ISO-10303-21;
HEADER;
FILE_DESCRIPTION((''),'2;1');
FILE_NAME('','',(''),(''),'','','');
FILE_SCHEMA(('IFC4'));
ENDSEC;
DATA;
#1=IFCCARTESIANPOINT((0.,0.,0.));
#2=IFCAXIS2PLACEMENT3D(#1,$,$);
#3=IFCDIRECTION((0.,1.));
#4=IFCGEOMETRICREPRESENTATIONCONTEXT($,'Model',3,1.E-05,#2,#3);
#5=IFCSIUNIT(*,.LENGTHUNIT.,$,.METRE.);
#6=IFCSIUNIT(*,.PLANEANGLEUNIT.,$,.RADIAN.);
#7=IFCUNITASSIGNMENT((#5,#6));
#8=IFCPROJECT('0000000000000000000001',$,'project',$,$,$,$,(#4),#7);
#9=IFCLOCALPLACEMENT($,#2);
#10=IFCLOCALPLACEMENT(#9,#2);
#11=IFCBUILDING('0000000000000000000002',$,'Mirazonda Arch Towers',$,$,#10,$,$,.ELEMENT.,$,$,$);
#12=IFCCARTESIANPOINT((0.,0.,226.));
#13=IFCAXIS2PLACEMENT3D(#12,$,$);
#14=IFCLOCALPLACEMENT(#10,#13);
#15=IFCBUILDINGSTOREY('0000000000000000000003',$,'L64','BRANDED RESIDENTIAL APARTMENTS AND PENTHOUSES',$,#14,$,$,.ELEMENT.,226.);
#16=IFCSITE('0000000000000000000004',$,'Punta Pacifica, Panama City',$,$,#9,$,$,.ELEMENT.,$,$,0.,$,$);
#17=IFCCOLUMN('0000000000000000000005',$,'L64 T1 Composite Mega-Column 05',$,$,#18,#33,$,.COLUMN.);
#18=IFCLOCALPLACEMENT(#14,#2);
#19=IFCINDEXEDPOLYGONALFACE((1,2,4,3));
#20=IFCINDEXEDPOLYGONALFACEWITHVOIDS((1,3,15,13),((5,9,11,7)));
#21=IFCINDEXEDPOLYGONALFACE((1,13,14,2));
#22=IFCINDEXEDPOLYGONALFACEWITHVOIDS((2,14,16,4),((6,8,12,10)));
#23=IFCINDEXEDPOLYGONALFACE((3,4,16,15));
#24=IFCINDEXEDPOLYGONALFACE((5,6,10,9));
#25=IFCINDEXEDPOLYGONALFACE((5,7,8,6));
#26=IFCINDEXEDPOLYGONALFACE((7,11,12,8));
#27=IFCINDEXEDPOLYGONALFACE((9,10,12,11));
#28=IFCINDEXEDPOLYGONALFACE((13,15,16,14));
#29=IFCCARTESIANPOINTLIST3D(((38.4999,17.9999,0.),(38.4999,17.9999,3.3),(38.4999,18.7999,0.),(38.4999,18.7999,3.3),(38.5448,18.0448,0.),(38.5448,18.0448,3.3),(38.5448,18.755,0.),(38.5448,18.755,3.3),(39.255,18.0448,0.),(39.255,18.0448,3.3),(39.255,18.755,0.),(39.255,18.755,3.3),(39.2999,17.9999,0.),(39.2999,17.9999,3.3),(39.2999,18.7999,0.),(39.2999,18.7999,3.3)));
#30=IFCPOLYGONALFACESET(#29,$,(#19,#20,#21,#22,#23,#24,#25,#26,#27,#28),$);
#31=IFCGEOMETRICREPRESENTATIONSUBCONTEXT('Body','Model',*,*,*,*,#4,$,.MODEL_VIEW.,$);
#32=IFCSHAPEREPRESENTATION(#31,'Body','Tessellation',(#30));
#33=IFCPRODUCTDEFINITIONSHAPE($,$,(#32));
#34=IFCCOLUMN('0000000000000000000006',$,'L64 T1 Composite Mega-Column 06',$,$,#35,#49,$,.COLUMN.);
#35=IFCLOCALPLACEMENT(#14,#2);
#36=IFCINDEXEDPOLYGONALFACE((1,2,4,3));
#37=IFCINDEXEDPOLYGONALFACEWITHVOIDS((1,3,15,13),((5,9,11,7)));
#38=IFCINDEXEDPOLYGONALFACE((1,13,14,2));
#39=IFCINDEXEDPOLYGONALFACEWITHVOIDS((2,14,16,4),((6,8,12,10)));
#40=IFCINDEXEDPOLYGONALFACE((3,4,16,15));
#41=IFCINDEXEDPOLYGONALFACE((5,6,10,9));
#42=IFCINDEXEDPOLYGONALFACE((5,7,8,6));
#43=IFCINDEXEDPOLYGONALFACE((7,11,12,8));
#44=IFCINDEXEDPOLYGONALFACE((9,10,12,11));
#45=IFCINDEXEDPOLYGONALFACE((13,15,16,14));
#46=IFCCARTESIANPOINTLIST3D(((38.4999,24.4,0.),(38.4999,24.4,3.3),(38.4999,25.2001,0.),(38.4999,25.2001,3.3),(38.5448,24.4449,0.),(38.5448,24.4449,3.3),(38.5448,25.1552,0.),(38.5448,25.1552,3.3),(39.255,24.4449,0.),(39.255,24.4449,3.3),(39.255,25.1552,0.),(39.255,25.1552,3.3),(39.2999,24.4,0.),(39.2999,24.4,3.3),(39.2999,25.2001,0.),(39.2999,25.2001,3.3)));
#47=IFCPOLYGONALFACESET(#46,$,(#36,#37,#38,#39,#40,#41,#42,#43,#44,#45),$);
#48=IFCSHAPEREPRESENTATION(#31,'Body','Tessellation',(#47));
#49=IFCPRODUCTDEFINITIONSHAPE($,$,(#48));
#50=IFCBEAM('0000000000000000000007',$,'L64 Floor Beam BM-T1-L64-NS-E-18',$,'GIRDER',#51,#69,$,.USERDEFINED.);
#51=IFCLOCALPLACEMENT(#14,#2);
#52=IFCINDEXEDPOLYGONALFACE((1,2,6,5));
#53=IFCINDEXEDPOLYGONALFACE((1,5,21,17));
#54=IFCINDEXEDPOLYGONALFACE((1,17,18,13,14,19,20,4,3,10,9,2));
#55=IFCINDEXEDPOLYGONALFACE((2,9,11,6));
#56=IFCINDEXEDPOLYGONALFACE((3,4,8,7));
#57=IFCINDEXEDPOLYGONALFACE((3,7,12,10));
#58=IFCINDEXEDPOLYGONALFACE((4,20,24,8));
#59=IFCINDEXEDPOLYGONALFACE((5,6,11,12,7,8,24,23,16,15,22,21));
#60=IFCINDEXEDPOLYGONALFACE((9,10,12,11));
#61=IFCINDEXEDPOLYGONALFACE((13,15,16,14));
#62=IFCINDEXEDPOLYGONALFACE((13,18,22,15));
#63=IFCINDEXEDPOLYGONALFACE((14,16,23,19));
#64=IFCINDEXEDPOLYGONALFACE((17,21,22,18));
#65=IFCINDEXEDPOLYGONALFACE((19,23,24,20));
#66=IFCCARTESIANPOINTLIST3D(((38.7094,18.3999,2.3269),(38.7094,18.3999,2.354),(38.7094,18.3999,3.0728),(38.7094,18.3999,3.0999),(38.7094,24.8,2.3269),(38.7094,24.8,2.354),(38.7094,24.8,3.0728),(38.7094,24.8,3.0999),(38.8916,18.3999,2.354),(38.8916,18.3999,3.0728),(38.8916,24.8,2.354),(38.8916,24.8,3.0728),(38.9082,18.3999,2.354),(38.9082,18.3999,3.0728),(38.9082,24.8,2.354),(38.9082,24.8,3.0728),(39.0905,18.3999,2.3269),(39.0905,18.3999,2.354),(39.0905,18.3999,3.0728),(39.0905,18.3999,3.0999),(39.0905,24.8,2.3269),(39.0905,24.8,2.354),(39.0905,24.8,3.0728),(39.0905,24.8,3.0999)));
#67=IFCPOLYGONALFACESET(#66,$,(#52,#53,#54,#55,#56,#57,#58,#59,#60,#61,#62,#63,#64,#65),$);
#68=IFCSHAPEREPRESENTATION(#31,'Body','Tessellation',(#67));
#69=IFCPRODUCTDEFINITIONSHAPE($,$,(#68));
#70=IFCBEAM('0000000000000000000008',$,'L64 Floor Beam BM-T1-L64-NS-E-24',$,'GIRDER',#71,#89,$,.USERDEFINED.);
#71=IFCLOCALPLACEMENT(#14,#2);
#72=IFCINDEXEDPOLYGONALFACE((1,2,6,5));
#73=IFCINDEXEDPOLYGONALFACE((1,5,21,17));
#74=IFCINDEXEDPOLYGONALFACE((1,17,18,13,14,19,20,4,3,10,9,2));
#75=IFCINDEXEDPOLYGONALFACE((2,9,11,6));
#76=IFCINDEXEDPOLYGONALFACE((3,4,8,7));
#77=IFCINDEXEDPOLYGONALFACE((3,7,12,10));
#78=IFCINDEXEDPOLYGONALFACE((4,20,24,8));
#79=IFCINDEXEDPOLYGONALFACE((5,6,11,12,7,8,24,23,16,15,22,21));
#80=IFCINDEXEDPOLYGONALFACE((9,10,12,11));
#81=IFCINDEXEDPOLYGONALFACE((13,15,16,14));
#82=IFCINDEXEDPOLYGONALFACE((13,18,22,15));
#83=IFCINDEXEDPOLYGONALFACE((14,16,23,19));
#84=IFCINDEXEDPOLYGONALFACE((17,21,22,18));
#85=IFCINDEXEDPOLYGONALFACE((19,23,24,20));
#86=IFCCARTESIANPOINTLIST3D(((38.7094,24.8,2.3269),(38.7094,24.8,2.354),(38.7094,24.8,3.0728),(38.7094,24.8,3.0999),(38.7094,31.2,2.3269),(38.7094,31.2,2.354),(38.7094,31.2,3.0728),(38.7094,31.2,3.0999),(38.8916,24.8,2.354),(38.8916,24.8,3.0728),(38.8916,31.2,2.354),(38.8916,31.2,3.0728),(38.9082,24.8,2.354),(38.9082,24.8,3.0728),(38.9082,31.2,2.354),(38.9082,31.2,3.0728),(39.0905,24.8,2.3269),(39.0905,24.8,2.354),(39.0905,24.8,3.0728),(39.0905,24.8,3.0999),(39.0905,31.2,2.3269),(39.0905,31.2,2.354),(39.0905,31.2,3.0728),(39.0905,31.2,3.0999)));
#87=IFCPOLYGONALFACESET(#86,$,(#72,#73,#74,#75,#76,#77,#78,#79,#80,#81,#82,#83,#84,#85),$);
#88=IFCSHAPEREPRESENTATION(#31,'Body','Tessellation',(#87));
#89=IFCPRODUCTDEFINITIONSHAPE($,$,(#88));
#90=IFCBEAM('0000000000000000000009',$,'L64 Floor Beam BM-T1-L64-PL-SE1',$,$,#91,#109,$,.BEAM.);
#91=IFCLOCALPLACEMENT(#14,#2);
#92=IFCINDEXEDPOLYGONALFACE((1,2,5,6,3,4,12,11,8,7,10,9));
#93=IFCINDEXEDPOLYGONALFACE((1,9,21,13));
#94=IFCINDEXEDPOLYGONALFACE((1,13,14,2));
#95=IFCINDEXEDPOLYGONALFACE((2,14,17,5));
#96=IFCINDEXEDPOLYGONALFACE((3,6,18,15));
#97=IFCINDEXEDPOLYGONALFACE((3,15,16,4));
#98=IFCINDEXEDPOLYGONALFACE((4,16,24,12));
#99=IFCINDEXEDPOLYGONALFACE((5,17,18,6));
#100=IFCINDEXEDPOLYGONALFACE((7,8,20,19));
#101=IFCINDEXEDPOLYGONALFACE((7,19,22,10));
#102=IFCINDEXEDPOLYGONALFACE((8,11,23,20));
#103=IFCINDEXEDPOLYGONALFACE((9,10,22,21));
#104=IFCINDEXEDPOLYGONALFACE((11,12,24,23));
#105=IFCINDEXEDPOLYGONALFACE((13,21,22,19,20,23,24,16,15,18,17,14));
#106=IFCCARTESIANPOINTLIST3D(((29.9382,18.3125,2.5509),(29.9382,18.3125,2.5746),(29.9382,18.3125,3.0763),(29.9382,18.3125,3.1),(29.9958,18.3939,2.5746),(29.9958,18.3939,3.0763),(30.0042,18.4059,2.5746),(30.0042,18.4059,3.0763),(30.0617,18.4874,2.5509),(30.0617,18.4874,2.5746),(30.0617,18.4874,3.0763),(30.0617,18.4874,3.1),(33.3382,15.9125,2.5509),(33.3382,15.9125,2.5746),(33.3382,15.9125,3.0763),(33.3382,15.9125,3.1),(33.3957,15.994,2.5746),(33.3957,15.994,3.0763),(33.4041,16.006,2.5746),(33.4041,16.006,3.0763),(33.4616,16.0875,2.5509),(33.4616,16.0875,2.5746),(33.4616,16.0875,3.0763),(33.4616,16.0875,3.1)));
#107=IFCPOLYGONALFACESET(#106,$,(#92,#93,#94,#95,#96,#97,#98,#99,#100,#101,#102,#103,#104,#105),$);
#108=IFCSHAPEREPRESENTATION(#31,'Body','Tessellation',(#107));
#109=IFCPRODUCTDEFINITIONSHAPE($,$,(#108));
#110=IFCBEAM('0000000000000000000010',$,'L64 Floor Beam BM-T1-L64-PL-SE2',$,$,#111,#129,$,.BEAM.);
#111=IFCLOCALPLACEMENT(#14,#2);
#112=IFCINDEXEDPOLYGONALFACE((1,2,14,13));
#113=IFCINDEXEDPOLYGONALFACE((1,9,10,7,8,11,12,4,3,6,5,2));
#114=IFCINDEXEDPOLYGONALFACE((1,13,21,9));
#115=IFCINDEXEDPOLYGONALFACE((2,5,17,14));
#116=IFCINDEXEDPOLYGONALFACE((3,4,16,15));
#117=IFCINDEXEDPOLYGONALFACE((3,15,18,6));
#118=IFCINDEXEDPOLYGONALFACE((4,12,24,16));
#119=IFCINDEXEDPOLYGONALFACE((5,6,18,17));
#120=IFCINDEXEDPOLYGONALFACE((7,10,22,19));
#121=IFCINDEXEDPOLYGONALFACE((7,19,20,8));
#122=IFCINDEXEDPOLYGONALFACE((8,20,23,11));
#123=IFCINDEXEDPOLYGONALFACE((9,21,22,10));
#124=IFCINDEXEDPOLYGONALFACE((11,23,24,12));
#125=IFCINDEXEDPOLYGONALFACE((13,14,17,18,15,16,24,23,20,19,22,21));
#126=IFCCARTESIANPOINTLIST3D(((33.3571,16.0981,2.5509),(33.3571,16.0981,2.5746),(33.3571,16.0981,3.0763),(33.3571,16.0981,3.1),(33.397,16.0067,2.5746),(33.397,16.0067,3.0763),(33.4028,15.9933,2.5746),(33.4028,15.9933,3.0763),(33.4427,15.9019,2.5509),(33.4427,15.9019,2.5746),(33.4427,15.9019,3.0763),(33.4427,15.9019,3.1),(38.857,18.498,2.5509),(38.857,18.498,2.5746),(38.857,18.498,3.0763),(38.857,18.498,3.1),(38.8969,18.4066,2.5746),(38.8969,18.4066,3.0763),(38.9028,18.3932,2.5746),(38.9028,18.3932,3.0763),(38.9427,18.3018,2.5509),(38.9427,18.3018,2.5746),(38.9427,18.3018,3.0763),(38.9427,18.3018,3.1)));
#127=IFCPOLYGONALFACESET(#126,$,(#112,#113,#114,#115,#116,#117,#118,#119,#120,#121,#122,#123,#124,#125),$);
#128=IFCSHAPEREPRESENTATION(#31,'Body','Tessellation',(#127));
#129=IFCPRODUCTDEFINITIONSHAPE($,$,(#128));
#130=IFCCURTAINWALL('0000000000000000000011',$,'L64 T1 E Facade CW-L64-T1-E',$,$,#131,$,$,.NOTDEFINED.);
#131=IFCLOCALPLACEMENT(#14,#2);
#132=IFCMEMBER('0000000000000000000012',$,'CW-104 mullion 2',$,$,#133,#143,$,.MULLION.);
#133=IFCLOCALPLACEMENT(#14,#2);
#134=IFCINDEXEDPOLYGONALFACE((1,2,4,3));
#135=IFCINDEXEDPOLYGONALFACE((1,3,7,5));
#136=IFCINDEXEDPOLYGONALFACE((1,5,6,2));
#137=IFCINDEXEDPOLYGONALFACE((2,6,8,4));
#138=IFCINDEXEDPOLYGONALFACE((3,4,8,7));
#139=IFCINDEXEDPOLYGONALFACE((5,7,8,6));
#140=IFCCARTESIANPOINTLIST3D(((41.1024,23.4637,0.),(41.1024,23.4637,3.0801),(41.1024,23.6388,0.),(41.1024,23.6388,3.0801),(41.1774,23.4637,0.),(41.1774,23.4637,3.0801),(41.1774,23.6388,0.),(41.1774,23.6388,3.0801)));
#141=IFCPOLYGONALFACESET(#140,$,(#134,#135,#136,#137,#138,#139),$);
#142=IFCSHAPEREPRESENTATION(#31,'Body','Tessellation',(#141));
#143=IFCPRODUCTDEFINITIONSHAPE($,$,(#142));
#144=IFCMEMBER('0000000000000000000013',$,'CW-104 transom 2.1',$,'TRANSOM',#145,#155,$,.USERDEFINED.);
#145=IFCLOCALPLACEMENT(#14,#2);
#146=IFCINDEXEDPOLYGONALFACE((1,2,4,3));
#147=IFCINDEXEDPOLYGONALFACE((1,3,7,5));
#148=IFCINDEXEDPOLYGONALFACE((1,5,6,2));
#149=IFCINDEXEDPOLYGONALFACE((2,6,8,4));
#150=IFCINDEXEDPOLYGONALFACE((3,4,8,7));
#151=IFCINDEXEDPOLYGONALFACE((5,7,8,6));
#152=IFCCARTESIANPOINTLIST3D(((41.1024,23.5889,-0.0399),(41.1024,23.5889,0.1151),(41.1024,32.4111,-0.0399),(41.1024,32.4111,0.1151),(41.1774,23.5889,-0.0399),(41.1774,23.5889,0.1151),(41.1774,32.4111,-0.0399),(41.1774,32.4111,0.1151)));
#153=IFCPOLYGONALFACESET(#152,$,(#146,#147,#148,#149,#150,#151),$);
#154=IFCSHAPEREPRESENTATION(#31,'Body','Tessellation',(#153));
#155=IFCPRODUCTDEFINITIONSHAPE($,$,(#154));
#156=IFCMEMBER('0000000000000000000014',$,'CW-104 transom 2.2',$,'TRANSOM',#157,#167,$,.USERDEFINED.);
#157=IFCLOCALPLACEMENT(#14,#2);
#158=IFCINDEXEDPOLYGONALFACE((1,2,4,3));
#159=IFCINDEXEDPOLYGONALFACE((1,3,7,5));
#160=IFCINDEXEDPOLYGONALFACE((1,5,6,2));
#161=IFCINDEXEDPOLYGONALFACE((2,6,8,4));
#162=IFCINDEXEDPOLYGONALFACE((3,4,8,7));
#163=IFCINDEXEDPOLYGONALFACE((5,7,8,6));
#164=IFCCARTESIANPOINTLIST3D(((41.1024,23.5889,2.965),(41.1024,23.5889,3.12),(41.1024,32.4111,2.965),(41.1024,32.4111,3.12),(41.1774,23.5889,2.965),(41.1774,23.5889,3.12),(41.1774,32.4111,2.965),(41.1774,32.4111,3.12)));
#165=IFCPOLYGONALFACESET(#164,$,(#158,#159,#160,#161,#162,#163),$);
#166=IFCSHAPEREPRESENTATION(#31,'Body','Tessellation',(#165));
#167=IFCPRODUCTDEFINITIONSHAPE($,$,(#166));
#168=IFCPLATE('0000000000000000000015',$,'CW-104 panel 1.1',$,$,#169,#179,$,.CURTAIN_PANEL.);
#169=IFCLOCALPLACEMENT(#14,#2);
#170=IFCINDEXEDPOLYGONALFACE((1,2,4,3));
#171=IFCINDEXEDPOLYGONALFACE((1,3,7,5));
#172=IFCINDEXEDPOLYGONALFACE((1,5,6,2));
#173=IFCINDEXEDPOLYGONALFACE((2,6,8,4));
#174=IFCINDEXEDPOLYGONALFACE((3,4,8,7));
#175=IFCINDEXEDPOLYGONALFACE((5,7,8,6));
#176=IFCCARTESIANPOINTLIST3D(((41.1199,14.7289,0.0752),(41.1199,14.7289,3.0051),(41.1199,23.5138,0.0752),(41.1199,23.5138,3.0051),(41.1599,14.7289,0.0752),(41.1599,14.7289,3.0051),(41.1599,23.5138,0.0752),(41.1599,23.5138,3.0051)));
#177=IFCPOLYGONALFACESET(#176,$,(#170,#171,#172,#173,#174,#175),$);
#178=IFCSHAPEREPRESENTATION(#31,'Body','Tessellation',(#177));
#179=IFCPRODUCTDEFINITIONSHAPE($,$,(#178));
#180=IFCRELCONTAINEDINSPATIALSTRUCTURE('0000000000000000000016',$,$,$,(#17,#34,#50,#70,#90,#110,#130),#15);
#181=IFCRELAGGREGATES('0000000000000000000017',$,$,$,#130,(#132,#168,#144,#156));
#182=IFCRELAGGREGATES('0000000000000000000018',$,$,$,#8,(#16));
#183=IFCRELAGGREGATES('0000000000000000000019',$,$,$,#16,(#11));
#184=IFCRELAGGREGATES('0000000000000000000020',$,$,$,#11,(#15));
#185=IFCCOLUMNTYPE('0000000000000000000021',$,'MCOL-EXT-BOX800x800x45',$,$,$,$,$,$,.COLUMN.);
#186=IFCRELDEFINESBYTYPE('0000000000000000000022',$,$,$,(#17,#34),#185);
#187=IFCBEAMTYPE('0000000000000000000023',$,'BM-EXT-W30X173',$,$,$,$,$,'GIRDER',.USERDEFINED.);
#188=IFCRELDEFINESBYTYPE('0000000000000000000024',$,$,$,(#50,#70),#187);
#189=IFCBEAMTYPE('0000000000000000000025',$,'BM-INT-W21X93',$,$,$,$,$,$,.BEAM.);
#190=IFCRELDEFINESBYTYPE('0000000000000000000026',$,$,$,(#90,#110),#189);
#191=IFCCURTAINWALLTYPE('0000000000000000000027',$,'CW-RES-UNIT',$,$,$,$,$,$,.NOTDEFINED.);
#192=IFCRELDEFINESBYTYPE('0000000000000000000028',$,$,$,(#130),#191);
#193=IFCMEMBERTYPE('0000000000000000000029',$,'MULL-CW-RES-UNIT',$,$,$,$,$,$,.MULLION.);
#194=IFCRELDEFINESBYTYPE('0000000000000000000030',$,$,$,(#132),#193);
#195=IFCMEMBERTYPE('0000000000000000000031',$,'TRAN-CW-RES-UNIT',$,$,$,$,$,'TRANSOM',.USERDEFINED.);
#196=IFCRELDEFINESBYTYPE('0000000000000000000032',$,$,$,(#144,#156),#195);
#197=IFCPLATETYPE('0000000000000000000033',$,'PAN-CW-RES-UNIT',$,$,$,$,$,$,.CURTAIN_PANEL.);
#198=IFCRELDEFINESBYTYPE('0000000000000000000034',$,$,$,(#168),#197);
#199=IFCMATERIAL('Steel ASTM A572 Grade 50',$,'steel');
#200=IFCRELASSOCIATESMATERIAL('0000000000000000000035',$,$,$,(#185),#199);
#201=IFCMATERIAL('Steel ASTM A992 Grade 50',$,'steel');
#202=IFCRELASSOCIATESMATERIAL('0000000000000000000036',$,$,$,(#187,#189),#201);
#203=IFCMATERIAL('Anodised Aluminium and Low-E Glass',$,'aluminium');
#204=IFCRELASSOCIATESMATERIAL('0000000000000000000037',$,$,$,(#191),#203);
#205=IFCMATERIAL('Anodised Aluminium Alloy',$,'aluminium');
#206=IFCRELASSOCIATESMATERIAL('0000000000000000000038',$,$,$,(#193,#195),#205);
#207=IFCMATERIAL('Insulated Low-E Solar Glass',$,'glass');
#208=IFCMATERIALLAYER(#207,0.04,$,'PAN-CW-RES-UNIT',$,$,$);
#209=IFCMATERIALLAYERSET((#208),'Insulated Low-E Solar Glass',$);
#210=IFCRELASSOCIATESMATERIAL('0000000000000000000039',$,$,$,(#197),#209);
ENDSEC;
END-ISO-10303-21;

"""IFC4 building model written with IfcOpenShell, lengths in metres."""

from ifc_helpers import new_model, si_unit, direction, frame, origin, origin_2d, place, context, subcontext, project, spatial, rectangle, hollow_rectangle, i_section, extrude, material, layer, layer_set, material_profile, profile_set, type_object, element, aggregate, save


model = new_model("IFC4")

# Units and contexts
model_context = context("Model", 3, precision=1e-05, world=origin(), true_north=direction((0.0, 1.0)))
body_context = subcontext(model_context, "Body", "Model", "MODEL_VIEW")
ifc_project = project(units=[si_unit("LENGTHUNIT", "METRE"), si_unit("PLANEANGLEUNIT", "RADIAN")], contexts=[model_context])

# Site, building, storey
site_placement = place(None, origin())
site = spatial("IfcSite", under=ifc_project, at=site_placement, Name="Punta Pacifica, Panama City", CompositionType="ELEMENT", RefElevation=0.0)
building_placement = place(site_placement, origin())
building = spatial("IfcBuilding", under=site, at=building_placement, Name="Mirazonda Arch Towers", CompositionType="ELEMENT")
storey_placement = place(building_placement, frame((0.0, 0.0, 226.0)))
storey = spatial("IfcBuildingStorey", under=building, at=storey_placement, Name="L64", Description="BRANDED RESIDENTIAL APARTMENTS AND PENTHOUSES", CompositionType="ELEMENT", Elevation=226.0)

# Columns
ifc_material_1 = material(Name="Steel ASTM A572 Grade 50", Category="steel")
ifc_material_profile_1 = material_profile(ifc_material_1, hollow_rectangle(XDim=0.8, YDim=0.8, WallThickness=0.0449, at=origin_2d()), Name="BOX800x800x45")
ifc_profile_set_1 = profile_set([ifc_material_profile_1], Name="Steel ASTM A572 Grade 50")
column_type = type_object("IfcColumnType", Name="MCOL-EXT-BOX800x800x45", PredefinedType="COLUMN", material=ifc_profile_set_1)
for number, where, z_axis, x_axis, name in (
    (1, (38.8999, 18.3999, 0.0), (0.0, 0.0, 1.0), (1.0, 0.0, 0.0), "L64 T1 Composite Mega-Column 05"),
    (2, (38.8999, 24.8, 0.0), (0.0, 0.0, 1.0), (1.0, 0.0, 0.0), "L64 T1 Composite Mega-Column 06"),
):
    element("IfcColumn", number, at=place(storey_placement, frame(where, z_axis=z_axis, x_axis=x_axis)), inside=storey, type_object=column_type, Name=name, PredefinedType="COLUMN", context=body_context, shape_type="SweptSolid", body=[
        extrude(hollow_rectangle(XDim=0.8, YDim=0.8, WallThickness=0.0449, at=origin_2d()), origin(), (0.0, 0.0, 1.0), 3.3),
    ])

# Beams
ifc_material_2 = material(Name="Steel ASTM A992 Grade 50", Category="steel")
ifc_material_profile_2 = material_profile(ifc_material_2, i_section(OverallWidth=0.3811, OverallDepth=0.7729, WebThickness=0.0166, FlangeThickness=0.0271, at=origin_2d()), Name="W30X173")
ifc_profile_set_2 = profile_set([ifc_material_profile_2], Name="Steel ASTM A992 Grade 50")
beam_type_1 = type_object("IfcBeamType", Name="BM-EXT-W30X173", ElementType="GIRDER", PredefinedType="USERDEFINED", material=ifc_profile_set_2)
beam_1_placement = place(storey_placement, frame((38.8999, 18.3999, 2.7134), z_axis=(0.0, 1.0, 0.0), x_axis=(-1.0, 0.0, 0.0)))
element("IfcBeam", 3, at=beam_1_placement, inside=storey, type_object=beam_type_1, Name="L64 Floor Beam BM-T1-L64-NS-E-18", ObjectType="GIRDER", PredefinedType="USERDEFINED", context=body_context, shape_type="SweptSolid", body=[
    extrude(i_section(OverallWidth=0.3811, OverallDepth=0.7729, WebThickness=0.0166, FlangeThickness=0.0271, at=origin_2d()), origin(), (0.0, 0.0, 1.0), 6.4001),
])
beam_2_placement = place(storey_placement, frame((38.8999, 24.8, 2.7134), z_axis=(0.0, 1.0, 0.0), x_axis=(-1.0, 0.0, 0.0)))
element("IfcBeam", 4, at=beam_2_placement, inside=storey, type_object=beam_type_1, Name="L64 Floor Beam BM-T1-L64-NS-E-24", ObjectType="GIRDER", PredefinedType="USERDEFINED", context=body_context, shape_type="SweptSolid", body=[
    extrude(i_section(OverallWidth=0.3811, OverallDepth=0.7729, WebThickness=0.0166, FlangeThickness=0.0271, at=origin_2d()), origin(), (0.0, 0.0, 1.0), 6.3999),
])
ifc_material_profile_3 = material_profile(ifc_material_2, i_section(OverallWidth=0.2141, OverallDepth=0.5491, WebThickness=0.0146, FlangeThickness=0.0237, at=origin_2d()), Name="W21X93")
ifc_profile_set_3 = profile_set([ifc_material_profile_3], Name="Steel ASTM A992 Grade 50")
beam_type_2 = type_object("IfcBeamType", Name="BM-INT-W21X93", PredefinedType="BEAM", material=ifc_profile_set_3)
beam_3_placement = place(storey_placement, frame((33.3999, 16.0, 2.8254), z_axis=(-0.816971, 0.576679, 0.0), x_axis=(-0.576679, -0.816971, 0.0)))
element("IfcBeam", 5, at=beam_3_placement, inside=storey, type_object=beam_type_2, Name="L64 Floor Beam BM-T1-L64-PL-SE1", PredefinedType="BEAM", context=body_context, shape_type="SweptSolid", body=[
    extrude(i_section(OverallWidth=0.2141, OverallDepth=0.5491, WebThickness=0.0146, FlangeThickness=0.0237, at=origin_2d()), origin(), (0.0, 0.0, 1.0), 4.1616),
])
beam_4_placement = place(storey_placement, frame((33.3999, 16.0, 2.8254), z_axis=(0.916545, 0.399931, 0.0), x_axis=(-0.399931, 0.916545, 0.0)))
element("IfcBeam", 6, at=beam_4_placement, inside=storey, type_object=beam_type_2, Name="L64 Floor Beam BM-T1-L64-PL-SE2", PredefinedType="BEAM", context=body_context, shape_type="SweptSolid", body=[
    extrude(i_section(OverallWidth=0.2141, OverallDepth=0.5491, WebThickness=0.0146, FlangeThickness=0.0237, at=origin_2d()), origin(), (0.0, 0.0, 1.0), 6.0007),
])

# Curtain wall, members, plate
ifc_material_3 = material(Name="Anodised Aluminium and Low-E Glass", Category="aluminium")
curtain_wall_type = type_object("IfcCurtainWallType", Name="CW-RES-UNIT", PredefinedType="NOTDEFINED", material=ifc_material_3)
curtain_wall_placement = place(storey_placement, origin())
curtain_wall = element("IfcCurtainWall", 7, at=curtain_wall_placement, inside=storey, type_object=curtain_wall_type, Name="L64 T1 E Facade CW-L64-T1-E", PredefinedType="NOTDEFINED")
ifc_material_4 = material(Name="Anodised Aluminium Alloy", Category="aluminium")
ifc_material_profile_4 = material_profile(ifc_material_4, rectangle(XDim=0.075, YDim=0.175, at=origin_2d()), Name="ALU-MULL-75x175")
ifc_profile_set_4 = profile_set([ifc_material_profile_4], Name="Anodised Aluminium Alloy")
member_type_1 = type_object("IfcMemberType", Name="MULL-CW-RES-UNIT", PredefinedType="MULLION", material=ifc_profile_set_4)
member_1_placement = place(storey_placement, frame((41.1399, 23.5513, 0.0), z_axis=(0.0, 0.0, 1.0), x_axis=(-1.0, 0.0, 0.0)))
member_1 = element("IfcMember", 8, at=member_1_placement, type_object=member_type_1, Name="CW-104 mullion 2", PredefinedType="MULLION", context=body_context, shape_type="SweptSolid", body=[
    extrude(rectangle(XDim=0.075, YDim=0.175, at=origin_2d()), origin(), (0.0, 0.0, 1.0), 3.0801),
])
ifc_material_profile_5 = material_profile(ifc_material_4, rectangle(XDim=0.075, YDim=0.155, at=origin_2d()), Name="ALU-TRAN-75x155")
ifc_profile_set_5 = profile_set([ifc_material_profile_5], Name="Anodised Aluminium Alloy")
member_type_2 = type_object("IfcMemberType", Name="TRAN-CW-RES-UNIT", ElementType="TRANSOM", PredefinedType="USERDEFINED", material=ifc_profile_set_5)
member_2_placement = place(storey_placement, frame((41.1399, 23.5889, 0.0376), z_axis=(0.0, 1.0, 0.0), x_axis=(-1.0, 0.0, 0.0)))
member_2 = element("IfcMember", 9, at=member_2_placement, type_object=member_type_2, Name="CW-104 transom 2.1", ObjectType="TRANSOM", PredefinedType="USERDEFINED", context=body_context, shape_type="SweptSolid", body=[
    extrude(rectangle(XDim=0.075, YDim=0.155, at=origin_2d()), origin(), (0.0, 0.0, 1.0), 8.8223),
])
member_3_placement = place(storey_placement, frame((41.1399, 23.5889, 3.0425), z_axis=(0.0, 1.0, 0.0), x_axis=(-1.0, 0.0, 0.0)))
member_3 = element("IfcMember", 10, at=member_3_placement, type_object=member_type_2, Name="CW-104 transom 2.2", ObjectType="TRANSOM", PredefinedType="USERDEFINED", context=body_context, shape_type="SweptSolid", body=[
    extrude(rectangle(XDim=0.075, YDim=0.155, at=origin_2d()), origin(), (0.0, 0.0, 1.0), 8.8223),
])
ifc_material_5 = material(Name="Insulated Low-E Solar Glass", Category="glass")
ifc_layer_1 = layer(ifc_material_5, 0.04, Name="PAN-CW-RES-UNIT")
ifc_layer_set_1 = layer_set([ifc_layer_1], Name="Insulated Low-E Solar Glass")
plate_type = type_object("IfcPlateType", Name="PAN-CW-RES-UNIT", PredefinedType="CURTAIN_PANEL", material=ifc_layer_set_1)
plate_placement = place(storey_placement, frame((41.1399, 19.1213, 0.0752), z_axis=(0.0, 0.0, 1.0), x_axis=(0.0, 1.0, 0.0)))
plate = element("IfcPlate", 11, at=plate_placement, type_object=plate_type, Name="CW-104 panel 1.1", PredefinedType="CURTAIN_PANEL", context=body_context, shape_type="SweptSolid", body=[
    extrude(rectangle(XDim=8.7849, YDim=0.04, at=origin_2d()), origin(), (0.0, 0.0, 1.0), 2.9299),
])
aggregate(curtain_wall, [member_1, plate, member_2, member_3])

save(model, "model.ifc")
